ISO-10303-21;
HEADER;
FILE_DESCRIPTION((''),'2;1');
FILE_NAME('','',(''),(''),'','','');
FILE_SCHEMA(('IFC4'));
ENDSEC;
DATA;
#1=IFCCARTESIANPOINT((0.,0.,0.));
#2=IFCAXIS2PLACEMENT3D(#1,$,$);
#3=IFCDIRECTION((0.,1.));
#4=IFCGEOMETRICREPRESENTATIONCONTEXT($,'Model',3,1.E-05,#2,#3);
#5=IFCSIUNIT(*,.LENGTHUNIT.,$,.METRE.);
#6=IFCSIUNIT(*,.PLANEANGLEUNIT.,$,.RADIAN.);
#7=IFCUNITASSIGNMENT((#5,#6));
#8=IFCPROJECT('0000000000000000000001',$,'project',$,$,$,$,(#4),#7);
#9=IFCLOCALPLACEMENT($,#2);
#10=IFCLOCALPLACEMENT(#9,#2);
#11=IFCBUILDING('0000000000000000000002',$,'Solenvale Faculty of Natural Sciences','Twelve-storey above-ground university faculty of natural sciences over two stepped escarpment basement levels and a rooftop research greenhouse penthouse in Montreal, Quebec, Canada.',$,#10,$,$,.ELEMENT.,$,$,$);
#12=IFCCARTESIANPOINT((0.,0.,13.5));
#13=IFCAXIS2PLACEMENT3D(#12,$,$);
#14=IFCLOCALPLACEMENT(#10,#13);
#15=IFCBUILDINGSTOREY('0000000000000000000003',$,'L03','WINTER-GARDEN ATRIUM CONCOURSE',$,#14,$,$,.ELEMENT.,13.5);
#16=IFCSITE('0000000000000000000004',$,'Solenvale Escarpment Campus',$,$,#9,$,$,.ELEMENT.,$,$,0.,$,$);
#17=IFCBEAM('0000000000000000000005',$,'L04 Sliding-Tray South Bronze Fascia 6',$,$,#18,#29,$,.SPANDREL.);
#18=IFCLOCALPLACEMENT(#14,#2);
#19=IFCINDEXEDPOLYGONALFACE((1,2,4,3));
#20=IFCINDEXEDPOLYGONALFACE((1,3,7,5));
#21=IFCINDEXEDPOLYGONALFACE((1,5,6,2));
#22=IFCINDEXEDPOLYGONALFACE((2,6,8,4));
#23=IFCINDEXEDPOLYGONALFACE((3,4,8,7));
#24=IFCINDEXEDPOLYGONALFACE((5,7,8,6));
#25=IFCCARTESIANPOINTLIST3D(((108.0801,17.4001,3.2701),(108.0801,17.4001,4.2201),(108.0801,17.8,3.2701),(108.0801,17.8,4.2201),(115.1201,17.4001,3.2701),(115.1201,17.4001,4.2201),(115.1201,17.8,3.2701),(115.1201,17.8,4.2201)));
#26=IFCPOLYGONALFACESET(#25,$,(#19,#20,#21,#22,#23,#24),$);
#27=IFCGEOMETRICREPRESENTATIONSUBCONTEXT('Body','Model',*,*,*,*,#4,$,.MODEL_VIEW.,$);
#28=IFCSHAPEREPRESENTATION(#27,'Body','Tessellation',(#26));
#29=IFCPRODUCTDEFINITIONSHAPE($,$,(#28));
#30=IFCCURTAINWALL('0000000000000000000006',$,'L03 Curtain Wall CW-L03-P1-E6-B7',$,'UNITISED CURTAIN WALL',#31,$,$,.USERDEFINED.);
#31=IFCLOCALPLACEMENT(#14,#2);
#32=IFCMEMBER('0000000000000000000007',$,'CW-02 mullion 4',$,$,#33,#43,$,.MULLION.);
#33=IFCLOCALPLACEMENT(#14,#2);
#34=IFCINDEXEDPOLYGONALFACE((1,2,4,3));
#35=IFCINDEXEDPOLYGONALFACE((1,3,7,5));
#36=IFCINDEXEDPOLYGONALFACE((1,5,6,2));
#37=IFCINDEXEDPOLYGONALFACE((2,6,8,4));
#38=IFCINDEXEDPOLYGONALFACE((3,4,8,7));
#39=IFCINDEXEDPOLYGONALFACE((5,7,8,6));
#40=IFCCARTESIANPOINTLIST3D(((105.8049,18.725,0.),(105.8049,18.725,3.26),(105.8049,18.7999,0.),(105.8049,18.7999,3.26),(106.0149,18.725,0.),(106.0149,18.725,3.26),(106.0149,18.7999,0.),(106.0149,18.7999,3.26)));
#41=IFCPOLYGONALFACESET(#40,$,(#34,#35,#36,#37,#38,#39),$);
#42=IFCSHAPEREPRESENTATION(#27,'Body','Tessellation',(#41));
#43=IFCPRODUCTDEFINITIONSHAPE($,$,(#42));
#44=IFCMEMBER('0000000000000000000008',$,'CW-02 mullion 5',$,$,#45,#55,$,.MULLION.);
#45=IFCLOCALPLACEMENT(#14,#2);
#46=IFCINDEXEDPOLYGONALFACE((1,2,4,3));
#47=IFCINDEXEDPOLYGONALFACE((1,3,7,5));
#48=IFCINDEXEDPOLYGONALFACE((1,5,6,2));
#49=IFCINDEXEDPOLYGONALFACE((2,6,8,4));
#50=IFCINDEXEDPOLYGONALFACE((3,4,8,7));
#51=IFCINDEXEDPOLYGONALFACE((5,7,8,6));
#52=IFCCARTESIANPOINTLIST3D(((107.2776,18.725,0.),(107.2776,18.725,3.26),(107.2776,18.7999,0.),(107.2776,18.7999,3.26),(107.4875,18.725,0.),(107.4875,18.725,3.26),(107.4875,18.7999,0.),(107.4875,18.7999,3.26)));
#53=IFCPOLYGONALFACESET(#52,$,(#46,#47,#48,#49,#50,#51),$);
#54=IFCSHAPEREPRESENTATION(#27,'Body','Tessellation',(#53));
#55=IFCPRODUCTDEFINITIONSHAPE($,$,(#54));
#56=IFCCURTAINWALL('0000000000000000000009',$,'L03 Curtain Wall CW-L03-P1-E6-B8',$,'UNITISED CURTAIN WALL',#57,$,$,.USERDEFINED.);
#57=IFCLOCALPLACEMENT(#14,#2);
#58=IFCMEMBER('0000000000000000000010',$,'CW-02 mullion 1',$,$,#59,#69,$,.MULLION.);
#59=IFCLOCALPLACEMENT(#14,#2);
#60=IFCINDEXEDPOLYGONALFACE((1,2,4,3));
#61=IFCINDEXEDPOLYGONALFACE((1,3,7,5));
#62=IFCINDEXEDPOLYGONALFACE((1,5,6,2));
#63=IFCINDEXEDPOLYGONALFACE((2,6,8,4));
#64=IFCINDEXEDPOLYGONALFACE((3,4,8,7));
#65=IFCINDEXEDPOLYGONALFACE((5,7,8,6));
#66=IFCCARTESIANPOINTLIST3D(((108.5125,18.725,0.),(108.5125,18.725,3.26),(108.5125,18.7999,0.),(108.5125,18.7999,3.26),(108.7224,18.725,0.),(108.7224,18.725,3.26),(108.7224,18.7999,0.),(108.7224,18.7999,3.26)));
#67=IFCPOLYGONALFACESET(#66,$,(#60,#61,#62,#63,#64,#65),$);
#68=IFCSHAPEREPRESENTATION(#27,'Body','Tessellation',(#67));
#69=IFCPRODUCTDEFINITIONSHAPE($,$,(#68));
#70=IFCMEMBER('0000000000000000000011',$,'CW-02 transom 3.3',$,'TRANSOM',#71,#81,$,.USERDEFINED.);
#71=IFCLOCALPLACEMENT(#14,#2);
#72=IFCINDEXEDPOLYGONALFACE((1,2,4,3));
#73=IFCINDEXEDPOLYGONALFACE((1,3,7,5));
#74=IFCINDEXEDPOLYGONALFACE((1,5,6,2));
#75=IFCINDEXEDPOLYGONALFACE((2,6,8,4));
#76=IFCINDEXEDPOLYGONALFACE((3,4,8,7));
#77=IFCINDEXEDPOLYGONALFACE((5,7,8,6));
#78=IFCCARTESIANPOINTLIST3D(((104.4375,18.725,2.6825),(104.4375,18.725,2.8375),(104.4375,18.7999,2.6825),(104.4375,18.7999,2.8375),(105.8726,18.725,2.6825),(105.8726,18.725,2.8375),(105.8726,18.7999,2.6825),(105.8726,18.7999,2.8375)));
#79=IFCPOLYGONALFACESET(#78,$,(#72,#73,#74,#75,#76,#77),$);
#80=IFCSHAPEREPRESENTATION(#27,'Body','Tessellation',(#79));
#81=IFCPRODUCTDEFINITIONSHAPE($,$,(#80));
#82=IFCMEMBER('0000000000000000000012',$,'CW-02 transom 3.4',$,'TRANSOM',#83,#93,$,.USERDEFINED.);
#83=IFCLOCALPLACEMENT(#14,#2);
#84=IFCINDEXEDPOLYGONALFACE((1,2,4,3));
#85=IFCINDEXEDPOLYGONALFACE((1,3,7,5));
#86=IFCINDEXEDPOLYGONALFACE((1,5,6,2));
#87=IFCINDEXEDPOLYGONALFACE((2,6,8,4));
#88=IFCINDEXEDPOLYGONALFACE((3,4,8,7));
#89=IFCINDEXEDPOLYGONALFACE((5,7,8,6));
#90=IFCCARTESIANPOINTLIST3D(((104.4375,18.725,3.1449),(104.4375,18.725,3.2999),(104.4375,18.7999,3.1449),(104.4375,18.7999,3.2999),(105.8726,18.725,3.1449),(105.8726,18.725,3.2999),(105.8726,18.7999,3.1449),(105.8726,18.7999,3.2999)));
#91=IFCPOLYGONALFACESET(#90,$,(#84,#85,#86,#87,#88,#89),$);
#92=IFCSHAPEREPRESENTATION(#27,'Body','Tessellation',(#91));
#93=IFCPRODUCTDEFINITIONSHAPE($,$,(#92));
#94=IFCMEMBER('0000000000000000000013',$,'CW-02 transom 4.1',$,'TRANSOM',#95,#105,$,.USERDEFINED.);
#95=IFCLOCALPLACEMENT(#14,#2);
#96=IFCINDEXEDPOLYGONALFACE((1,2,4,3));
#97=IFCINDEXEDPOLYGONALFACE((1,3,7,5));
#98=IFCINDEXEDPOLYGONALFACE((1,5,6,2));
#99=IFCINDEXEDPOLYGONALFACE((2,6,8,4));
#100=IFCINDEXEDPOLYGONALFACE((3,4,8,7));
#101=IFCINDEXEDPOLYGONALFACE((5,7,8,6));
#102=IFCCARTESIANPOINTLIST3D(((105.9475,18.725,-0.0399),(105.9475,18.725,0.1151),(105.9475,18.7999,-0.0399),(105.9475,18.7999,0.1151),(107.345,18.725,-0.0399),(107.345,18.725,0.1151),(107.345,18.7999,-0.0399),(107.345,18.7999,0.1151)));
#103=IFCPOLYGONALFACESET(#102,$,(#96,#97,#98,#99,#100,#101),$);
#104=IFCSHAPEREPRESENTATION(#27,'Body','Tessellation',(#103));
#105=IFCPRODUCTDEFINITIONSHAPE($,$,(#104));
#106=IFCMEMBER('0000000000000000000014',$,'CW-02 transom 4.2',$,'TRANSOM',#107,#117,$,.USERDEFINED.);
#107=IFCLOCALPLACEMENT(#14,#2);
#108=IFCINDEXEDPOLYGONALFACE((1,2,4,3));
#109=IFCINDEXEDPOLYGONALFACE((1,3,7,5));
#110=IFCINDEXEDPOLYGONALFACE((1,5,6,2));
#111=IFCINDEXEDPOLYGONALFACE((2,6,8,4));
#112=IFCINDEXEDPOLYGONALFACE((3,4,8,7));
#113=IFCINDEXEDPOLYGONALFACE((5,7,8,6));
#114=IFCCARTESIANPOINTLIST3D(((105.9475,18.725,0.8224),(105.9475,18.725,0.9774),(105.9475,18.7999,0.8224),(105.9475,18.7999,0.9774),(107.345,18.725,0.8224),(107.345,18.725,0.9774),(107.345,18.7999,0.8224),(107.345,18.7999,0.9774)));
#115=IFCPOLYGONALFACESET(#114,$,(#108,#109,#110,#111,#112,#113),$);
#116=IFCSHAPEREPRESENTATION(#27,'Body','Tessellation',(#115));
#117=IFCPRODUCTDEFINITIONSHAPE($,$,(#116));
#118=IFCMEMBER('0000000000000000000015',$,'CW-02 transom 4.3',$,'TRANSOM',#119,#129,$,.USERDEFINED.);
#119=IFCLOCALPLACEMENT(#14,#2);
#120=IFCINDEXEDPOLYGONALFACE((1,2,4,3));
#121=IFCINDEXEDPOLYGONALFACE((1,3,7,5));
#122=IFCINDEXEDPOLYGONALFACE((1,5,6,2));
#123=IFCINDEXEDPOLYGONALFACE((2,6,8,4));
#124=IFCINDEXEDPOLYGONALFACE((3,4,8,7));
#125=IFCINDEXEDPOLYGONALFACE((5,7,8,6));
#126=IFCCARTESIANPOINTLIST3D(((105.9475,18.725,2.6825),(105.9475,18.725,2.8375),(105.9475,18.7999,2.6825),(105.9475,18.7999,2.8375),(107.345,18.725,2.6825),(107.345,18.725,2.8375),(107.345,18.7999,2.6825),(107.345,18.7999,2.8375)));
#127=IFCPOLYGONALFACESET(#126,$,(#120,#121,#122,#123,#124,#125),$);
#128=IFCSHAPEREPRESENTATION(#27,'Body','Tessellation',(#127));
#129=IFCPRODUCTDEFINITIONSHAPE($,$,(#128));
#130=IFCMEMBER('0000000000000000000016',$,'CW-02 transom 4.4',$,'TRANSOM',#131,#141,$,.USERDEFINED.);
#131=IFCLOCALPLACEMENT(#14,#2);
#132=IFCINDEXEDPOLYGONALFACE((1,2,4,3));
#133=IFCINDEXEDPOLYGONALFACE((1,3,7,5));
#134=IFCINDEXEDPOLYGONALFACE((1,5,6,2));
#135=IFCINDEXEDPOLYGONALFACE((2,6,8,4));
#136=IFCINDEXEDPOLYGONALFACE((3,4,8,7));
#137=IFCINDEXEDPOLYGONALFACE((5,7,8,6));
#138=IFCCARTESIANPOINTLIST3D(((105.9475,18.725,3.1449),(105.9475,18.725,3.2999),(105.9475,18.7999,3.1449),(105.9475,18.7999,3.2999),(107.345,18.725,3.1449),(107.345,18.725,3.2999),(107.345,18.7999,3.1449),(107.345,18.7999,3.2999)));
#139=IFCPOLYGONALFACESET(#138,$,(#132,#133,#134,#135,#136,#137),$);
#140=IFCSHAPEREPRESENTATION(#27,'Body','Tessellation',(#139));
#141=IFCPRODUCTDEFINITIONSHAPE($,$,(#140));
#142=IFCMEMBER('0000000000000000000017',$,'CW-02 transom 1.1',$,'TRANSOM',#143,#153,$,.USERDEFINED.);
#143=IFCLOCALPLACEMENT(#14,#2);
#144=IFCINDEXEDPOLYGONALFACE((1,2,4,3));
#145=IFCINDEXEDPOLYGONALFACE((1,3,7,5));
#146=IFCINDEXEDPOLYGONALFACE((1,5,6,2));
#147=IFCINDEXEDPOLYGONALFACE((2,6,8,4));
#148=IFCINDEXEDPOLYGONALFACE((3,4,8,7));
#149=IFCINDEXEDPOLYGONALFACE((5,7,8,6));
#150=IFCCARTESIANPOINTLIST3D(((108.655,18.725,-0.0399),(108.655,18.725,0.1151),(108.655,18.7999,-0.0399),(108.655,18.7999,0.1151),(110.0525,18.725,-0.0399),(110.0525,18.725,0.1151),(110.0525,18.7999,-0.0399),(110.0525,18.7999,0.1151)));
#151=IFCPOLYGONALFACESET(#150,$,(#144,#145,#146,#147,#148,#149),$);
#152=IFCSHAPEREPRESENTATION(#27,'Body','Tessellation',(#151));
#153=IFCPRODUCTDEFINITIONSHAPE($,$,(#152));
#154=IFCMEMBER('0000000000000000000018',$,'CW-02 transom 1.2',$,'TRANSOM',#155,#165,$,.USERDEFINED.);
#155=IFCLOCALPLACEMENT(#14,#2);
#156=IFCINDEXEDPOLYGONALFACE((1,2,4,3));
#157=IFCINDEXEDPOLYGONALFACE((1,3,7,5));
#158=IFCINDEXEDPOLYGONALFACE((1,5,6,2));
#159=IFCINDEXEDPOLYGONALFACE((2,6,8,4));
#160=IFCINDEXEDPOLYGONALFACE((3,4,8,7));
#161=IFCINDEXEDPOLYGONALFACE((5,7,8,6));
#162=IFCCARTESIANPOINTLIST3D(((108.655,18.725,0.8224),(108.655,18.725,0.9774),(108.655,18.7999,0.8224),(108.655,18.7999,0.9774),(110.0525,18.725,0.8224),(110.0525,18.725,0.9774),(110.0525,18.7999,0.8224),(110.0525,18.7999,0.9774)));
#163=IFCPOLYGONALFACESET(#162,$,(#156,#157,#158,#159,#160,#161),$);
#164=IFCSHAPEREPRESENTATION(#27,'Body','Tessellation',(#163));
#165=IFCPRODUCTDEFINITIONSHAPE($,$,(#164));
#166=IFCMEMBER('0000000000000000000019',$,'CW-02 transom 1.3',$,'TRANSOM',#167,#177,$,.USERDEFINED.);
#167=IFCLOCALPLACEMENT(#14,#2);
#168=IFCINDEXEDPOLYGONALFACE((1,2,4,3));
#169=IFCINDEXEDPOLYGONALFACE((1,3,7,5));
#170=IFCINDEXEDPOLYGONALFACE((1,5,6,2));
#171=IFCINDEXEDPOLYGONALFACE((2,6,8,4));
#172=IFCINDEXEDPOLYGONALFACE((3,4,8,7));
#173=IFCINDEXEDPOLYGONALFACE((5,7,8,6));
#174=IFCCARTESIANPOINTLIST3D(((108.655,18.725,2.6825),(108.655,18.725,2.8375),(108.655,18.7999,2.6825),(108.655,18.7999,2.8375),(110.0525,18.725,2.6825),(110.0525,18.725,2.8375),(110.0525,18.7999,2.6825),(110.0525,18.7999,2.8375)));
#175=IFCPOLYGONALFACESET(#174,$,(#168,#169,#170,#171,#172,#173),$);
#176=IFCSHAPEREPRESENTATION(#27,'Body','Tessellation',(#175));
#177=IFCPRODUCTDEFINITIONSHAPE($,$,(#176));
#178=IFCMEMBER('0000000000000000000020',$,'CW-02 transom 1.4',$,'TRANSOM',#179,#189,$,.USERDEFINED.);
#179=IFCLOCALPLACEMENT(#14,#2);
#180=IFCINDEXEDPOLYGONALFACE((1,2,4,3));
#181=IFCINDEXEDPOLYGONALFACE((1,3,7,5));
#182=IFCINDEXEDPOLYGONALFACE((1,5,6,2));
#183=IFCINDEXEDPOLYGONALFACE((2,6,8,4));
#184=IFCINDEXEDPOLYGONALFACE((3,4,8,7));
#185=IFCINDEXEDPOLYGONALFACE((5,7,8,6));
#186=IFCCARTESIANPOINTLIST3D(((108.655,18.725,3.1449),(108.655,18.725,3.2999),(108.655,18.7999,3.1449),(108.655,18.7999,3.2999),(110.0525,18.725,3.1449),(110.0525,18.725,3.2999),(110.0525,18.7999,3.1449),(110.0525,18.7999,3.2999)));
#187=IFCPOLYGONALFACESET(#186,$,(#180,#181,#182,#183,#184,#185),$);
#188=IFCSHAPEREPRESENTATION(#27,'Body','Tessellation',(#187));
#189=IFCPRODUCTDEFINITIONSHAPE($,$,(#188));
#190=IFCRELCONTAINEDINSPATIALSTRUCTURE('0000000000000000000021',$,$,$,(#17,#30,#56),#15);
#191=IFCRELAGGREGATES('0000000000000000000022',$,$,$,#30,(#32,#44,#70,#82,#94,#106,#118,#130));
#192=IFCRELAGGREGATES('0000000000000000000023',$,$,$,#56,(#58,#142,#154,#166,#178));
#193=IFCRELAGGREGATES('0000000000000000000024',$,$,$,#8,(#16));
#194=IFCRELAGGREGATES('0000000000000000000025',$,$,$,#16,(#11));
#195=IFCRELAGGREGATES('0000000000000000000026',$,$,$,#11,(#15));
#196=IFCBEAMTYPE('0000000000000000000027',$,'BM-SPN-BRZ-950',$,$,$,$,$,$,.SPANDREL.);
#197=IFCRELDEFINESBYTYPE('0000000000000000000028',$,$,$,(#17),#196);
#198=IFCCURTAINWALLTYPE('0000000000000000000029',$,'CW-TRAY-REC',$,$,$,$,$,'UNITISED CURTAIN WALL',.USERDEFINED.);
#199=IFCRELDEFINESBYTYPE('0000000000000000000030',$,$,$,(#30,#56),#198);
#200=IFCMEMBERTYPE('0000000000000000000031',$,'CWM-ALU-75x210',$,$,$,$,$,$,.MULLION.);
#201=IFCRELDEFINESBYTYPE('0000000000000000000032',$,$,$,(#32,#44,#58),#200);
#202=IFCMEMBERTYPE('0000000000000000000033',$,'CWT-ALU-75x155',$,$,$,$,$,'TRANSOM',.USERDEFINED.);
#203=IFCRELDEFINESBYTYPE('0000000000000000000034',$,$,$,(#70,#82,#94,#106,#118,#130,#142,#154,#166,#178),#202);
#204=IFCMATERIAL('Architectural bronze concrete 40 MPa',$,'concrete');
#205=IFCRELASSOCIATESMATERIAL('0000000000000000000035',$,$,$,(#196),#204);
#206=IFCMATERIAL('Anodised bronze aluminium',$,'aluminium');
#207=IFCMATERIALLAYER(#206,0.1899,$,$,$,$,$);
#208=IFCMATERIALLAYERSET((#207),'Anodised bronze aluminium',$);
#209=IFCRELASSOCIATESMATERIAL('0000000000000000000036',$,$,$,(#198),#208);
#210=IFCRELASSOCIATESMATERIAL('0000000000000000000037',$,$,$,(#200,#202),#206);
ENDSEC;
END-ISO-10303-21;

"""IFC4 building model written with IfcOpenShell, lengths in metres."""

from ifc_helpers import new_model, si_unit, direction, frame, origin, origin_2d, place, context, subcontext, project, spatial, rectangle, extrude, material, layer, layer_set, material_profile, profile_set, type_object, element, aggregate, save


model = new_model("IFC4")

# Units and contexts
model_context = context("Model", 3, precision=1e-05, world=origin(), true_north=direction((0.0, 1.0)))
body_context = subcontext(model_context, "Body", "Model", "MODEL_VIEW")
ifc_project = project(units=[si_unit("LENGTHUNIT", "METRE"), si_unit("PLANEANGLEUNIT", "RADIAN")], contexts=[model_context])

# Site, building, storey
site_placement = place(None, origin())
site = spatial("IfcSite", under=ifc_project, at=site_placement, Name="Solenvale Escarpment Campus", CompositionType="ELEMENT", RefElevation=0.0)
building_placement = place(site_placement, origin())
building = spatial("IfcBuilding", under=site, at=building_placement, Name="Solenvale Faculty of Natural Sciences", Description="Twelve-storey above-ground university faculty of natural sciences over two stepped escarpment basement levels and a rooftop research greenhouse penthouse in Montreal, Quebec, Canada.", CompositionType="ELEMENT")
storey_placement = place(building_placement, frame((0.0, 0.0, 13.5)))
storey = spatial("IfcBuildingStorey", under=building, at=storey_placement, Name="L03", Description="WINTER-GARDEN ATRIUM CONCOURSE", CompositionType="ELEMENT", Elevation=13.5)

# Beam
ifc_material_1 = material(Name="Architectural bronze concrete 40 MPa", Category="concrete")
ifc_material_profile_1 = material_profile(ifc_material_1, rectangle(XDim=0.3999, YDim=0.95, at=origin_2d()), Name="RC-SPN-400x950")
ifc_profile_set_1 = profile_set([ifc_material_profile_1], Name="Architectural bronze concrete 40 MPa")
beam_type = type_object("IfcBeamType", Name="BM-SPN-BRZ-950", PredefinedType="SPANDREL", material=ifc_profile_set_1)
beam_placement = place(storey_placement, frame((108.0801, 17.6001, 3.7451), z_axis=(1.0, 0.0, 0.0), x_axis=(0.0, 1.0, 0.0)))
element("IfcBeam", 1, at=beam_placement, inside=storey, type_object=beam_type, Name="L04 Sliding-Tray South Bronze Fascia 6", PredefinedType="SPANDREL", context=body_context, shape_type="SweptSolid", body=[
    extrude(rectangle(XDim=0.3999, YDim=0.95, at=origin_2d()), origin(), (0.0, 0.0, 1.0), 7.04),
])

# Curtain wall, members
ifc_material_2 = material(Name="Anodised bronze aluminium", Category="aluminium")
ifc_layer_1 = layer(ifc_material_2, 0.1899)
ifc_layer_set_1 = layer_set([ifc_layer_1], Name="Anodised bronze aluminium")
curtain_wall_type = type_object("IfcCurtainWallType", Name="CW-TRAY-REC", ElementType="UNITISED CURTAIN WALL", PredefinedType="USERDEFINED", material=ifc_layer_set_1)
curtain_wall_1_placement = place(storey_placement, origin())
curtain_wall_1 = element("IfcCurtainWall", 2, at=curtain_wall_1_placement, inside=storey, type_object=curtain_wall_type, Name="L03 Curtain Wall CW-L03-P1-E6-B7", ObjectType="UNITISED CURTAIN WALL", PredefinedType="USERDEFINED")
ifc_material_profile_2 = material_profile(ifc_material_2, rectangle(XDim=0.075, YDim=0.21, at=origin_2d()), Name="ALU-MUL-75x210")
ifc_profile_set_2 = profile_set([ifc_material_profile_2], Name="Anodised bronze aluminium")
member_type_1 = type_object("IfcMemberType", Name="CWM-ALU-75x210", PredefinedType="MULLION", material=ifc_profile_set_2)
member_1_placement = place(storey_placement, frame((105.9099, 18.7625, 0.0), z_axis=(0.0, 0.0, 1.0), x_axis=(0.0, 1.0, 0.0)))
member_1 = element("IfcMember", 3, at=member_1_placement, type_object=member_type_1, Name="CW-02 mullion 4", PredefinedType="MULLION", context=body_context, shape_type="SweptSolid", body=[
    extrude(rectangle(XDim=0.075, YDim=0.21, at=origin_2d()), origin(), (0.0, 0.0, 1.0), 3.26),
])
member_2_placement = place(storey_placement, frame((107.3826, 18.7625, 0.0), z_axis=(0.0, 0.0, 1.0), x_axis=(0.0, 1.0, 0.0)))
member_2 = element("IfcMember", 4, at=member_2_placement, type_object=member_type_1, Name="CW-02 mullion 5", PredefinedType="MULLION", context=body_context, shape_type="SweptSolid", body=[
    extrude(rectangle(XDim=0.075, YDim=0.21, at=origin_2d()), origin(), (0.0, 0.0, 1.0), 3.26),
])

# Curtain wall, member
curtain_wall_2_placement = place(storey_placement, origin())
curtain_wall_2 = element("IfcCurtainWall", 5, at=curtain_wall_2_placement, inside=storey, type_object=curtain_wall_type, Name="L03 Curtain Wall CW-L03-P1-E6-B8", ObjectType="UNITISED CURTAIN WALL", PredefinedType="USERDEFINED")
member_3_placement = place(storey_placement, frame((108.6174, 18.7625, 0.0), z_axis=(0.0, 0.0, 1.0), x_axis=(0.0, 1.0, 0.0)))
member_3 = element("IfcMember", 6, at=member_3_placement, type_object=member_type_1, Name="CW-02 mullion 1", PredefinedType="MULLION", context=body_context, shape_type="SweptSolid", body=[
    extrude(rectangle(XDim=0.075, YDim=0.21, at=origin_2d()), origin(), (0.0, 0.0, 1.0), 3.26),
])

# Members
ifc_material_profile_3 = material_profile(ifc_material_2, rectangle(XDim=0.075, YDim=0.155, at=origin_2d()), Name="ALU-TRN-75x155")
ifc_profile_set_3 = profile_set([ifc_material_profile_3], Name="Anodised bronze aluminium")
member_type_2 = type_object("IfcMemberType", Name="CWT-ALU-75x155", ElementType="TRANSOM", PredefinedType="USERDEFINED", material=ifc_profile_set_3)
member_4_placement = place(storey_placement, frame((104.4375, 18.7625, 2.76), z_axis=(1.0, 0.0, 0.0), x_axis=(0.0, 1.0, 0.0)))
member_4 = element("IfcMember", 7, at=member_4_placement, type_object=member_type_2, Name="CW-02 transom 3.3", ObjectType="TRANSOM", PredefinedType="USERDEFINED", context=body_context, shape_type="SweptSolid", body=[
    extrude(rectangle(XDim=0.075, YDim=0.155, at=origin_2d()), origin(), (0.0, 0.0, 1.0), 1.4351),
])
member_5_placement = place(storey_placement, frame((104.4375, 18.7625, 3.2224), z_axis=(1.0, 0.0, 0.0), x_axis=(0.0, 1.0, 0.0)))
member_5 = element("IfcMember", 8, at=member_5_placement, type_object=member_type_2, Name="CW-02 transom 3.4", ObjectType="TRANSOM", PredefinedType="USERDEFINED", context=body_context, shape_type="SweptSolid", body=[
    extrude(rectangle(XDim=0.075, YDim=0.155, at=origin_2d()), origin(), (0.0, 0.0, 1.0), 1.4351),
])
member_6_placement = place(storey_placement, frame((105.9475, 18.7625, 0.0376), z_axis=(1.0, 0.0, 0.0), x_axis=(0.0, 1.0, 0.0)))
member_6 = element("IfcMember", 9, at=member_6_placement, type_object=member_type_2, Name="CW-02 transom 4.1", ObjectType="TRANSOM", PredefinedType="USERDEFINED", context=body_context, shape_type="SweptSolid", body=[
    extrude(rectangle(XDim=0.075, YDim=0.155, at=origin_2d()), origin(), (0.0, 0.0, 1.0), 1.3975),
])
member_7_placement = place(storey_placement, frame((105.9475, 18.7625, 0.8999), z_axis=(1.0, 0.0, 0.0), x_axis=(0.0, 1.0, 0.0)))
member_7 = element("IfcMember", 10, at=member_7_placement, type_object=member_type_2, Name="CW-02 transom 4.2", ObjectType="TRANSOM", PredefinedType="USERDEFINED", context=body_context, shape_type="SweptSolid", body=[
    extrude(rectangle(XDim=0.075, YDim=0.155, at=origin_2d()), origin(), (0.0, 0.0, 1.0), 1.3975),
])
member_8_placement = place(storey_placement, frame((105.9475, 18.7625, 2.76), z_axis=(1.0, 0.0, 0.0), x_axis=(0.0, 1.0, 0.0)))
member_8 = element("IfcMember", 11, at=member_8_placement, type_object=member_type_2, Name="CW-02 transom 4.3", ObjectType="TRANSOM", PredefinedType="USERDEFINED", context=body_context, shape_type="SweptSolid", body=[
    extrude(rectangle(XDim=0.075, YDim=0.155, at=origin_2d()), origin(), (0.0, 0.0, 1.0), 1.3975),
])
member_9_placement = place(storey_placement, frame((105.9475, 18.7625, 3.2224), z_axis=(1.0, 0.0, 0.0), x_axis=(0.0, 1.0, 0.0)))
member_9 = element("IfcMember", 12, at=member_9_placement, type_object=member_type_2, Name="CW-02 transom 4.4", ObjectType="TRANSOM", PredefinedType="USERDEFINED", context=body_context, shape_type="SweptSolid", body=[
    extrude(rectangle(XDim=0.075, YDim=0.155, at=origin_2d()), origin(), (0.0, 0.0, 1.0), 1.3975),
])
member_10_placement = place(storey_placement, frame((108.655, 18.7625, 0.0376), z_axis=(1.0, 0.0, 0.0), x_axis=(0.0, 1.0, 0.0)))
member_10 = element("IfcMember", 13, at=member_10_placement, type_object=member_type_2, Name="CW-02 transom 1.1", ObjectType="TRANSOM", PredefinedType="USERDEFINED", context=body_context, shape_type="SweptSolid", body=[
    extrude(rectangle(XDim=0.075, YDim=0.155, at=origin_2d()), origin(), (0.0, 0.0, 1.0), 1.3975),
])
member_11_placement = place(storey_placement, frame((108.655, 18.7625, 0.8999), z_axis=(1.0, 0.0, 0.0), x_axis=(0.0, 1.0, 0.0)))
member_11 = element("IfcMember", 14, at=member_11_placement, type_object=member_type_2, Name="CW-02 transom 1.2", ObjectType="TRANSOM", PredefinedType="USERDEFINED", context=body_context, shape_type="SweptSolid", body=[
    extrude(rectangle(XDim=0.075, YDim=0.155, at=origin_2d()), origin(), (0.0, 0.0, 1.0), 1.3975),
])
member_12_placement = place(storey_placement, frame((108.655, 18.7625, 2.76), z_axis=(1.0, 0.0, 0.0), x_axis=(0.0, 1.0, 0.0)))
member_12 = element("IfcMember", 15, at=member_12_placement, type_object=member_type_2, Name="CW-02 transom 1.3", ObjectType="TRANSOM", PredefinedType="USERDEFINED", context=body_context, shape_type="SweptSolid", body=[
    extrude(rectangle(XDim=0.075, YDim=0.155, at=origin_2d()), origin(), (0.0, 0.0, 1.0), 1.3975),
])
member_13_placement = place(storey_placement, frame((108.655, 18.7625, 3.2224), z_axis=(1.0, 0.0, 0.0), x_axis=(0.0, 1.0, 0.0)))
member_13 = element("IfcMember", 16, at=member_13_placement, type_object=member_type_2, Name="CW-02 transom 1.4", ObjectType="TRANSOM", PredefinedType="USERDEFINED", context=body_context, shape_type="SweptSolid", body=[
    extrude(rectangle(XDim=0.075, YDim=0.155, at=origin_2d()), origin(), (0.0, 0.0, 1.0), 1.3975),
])

aggregate(curtain_wall_1, [member_1, member_2, member_4, member_5, member_6, member_7, member_8, member_9])
aggregate(curtain_wall_2, [member_3, member_10, member_11, member_12, member_13])

save(model, "model.ifc")
